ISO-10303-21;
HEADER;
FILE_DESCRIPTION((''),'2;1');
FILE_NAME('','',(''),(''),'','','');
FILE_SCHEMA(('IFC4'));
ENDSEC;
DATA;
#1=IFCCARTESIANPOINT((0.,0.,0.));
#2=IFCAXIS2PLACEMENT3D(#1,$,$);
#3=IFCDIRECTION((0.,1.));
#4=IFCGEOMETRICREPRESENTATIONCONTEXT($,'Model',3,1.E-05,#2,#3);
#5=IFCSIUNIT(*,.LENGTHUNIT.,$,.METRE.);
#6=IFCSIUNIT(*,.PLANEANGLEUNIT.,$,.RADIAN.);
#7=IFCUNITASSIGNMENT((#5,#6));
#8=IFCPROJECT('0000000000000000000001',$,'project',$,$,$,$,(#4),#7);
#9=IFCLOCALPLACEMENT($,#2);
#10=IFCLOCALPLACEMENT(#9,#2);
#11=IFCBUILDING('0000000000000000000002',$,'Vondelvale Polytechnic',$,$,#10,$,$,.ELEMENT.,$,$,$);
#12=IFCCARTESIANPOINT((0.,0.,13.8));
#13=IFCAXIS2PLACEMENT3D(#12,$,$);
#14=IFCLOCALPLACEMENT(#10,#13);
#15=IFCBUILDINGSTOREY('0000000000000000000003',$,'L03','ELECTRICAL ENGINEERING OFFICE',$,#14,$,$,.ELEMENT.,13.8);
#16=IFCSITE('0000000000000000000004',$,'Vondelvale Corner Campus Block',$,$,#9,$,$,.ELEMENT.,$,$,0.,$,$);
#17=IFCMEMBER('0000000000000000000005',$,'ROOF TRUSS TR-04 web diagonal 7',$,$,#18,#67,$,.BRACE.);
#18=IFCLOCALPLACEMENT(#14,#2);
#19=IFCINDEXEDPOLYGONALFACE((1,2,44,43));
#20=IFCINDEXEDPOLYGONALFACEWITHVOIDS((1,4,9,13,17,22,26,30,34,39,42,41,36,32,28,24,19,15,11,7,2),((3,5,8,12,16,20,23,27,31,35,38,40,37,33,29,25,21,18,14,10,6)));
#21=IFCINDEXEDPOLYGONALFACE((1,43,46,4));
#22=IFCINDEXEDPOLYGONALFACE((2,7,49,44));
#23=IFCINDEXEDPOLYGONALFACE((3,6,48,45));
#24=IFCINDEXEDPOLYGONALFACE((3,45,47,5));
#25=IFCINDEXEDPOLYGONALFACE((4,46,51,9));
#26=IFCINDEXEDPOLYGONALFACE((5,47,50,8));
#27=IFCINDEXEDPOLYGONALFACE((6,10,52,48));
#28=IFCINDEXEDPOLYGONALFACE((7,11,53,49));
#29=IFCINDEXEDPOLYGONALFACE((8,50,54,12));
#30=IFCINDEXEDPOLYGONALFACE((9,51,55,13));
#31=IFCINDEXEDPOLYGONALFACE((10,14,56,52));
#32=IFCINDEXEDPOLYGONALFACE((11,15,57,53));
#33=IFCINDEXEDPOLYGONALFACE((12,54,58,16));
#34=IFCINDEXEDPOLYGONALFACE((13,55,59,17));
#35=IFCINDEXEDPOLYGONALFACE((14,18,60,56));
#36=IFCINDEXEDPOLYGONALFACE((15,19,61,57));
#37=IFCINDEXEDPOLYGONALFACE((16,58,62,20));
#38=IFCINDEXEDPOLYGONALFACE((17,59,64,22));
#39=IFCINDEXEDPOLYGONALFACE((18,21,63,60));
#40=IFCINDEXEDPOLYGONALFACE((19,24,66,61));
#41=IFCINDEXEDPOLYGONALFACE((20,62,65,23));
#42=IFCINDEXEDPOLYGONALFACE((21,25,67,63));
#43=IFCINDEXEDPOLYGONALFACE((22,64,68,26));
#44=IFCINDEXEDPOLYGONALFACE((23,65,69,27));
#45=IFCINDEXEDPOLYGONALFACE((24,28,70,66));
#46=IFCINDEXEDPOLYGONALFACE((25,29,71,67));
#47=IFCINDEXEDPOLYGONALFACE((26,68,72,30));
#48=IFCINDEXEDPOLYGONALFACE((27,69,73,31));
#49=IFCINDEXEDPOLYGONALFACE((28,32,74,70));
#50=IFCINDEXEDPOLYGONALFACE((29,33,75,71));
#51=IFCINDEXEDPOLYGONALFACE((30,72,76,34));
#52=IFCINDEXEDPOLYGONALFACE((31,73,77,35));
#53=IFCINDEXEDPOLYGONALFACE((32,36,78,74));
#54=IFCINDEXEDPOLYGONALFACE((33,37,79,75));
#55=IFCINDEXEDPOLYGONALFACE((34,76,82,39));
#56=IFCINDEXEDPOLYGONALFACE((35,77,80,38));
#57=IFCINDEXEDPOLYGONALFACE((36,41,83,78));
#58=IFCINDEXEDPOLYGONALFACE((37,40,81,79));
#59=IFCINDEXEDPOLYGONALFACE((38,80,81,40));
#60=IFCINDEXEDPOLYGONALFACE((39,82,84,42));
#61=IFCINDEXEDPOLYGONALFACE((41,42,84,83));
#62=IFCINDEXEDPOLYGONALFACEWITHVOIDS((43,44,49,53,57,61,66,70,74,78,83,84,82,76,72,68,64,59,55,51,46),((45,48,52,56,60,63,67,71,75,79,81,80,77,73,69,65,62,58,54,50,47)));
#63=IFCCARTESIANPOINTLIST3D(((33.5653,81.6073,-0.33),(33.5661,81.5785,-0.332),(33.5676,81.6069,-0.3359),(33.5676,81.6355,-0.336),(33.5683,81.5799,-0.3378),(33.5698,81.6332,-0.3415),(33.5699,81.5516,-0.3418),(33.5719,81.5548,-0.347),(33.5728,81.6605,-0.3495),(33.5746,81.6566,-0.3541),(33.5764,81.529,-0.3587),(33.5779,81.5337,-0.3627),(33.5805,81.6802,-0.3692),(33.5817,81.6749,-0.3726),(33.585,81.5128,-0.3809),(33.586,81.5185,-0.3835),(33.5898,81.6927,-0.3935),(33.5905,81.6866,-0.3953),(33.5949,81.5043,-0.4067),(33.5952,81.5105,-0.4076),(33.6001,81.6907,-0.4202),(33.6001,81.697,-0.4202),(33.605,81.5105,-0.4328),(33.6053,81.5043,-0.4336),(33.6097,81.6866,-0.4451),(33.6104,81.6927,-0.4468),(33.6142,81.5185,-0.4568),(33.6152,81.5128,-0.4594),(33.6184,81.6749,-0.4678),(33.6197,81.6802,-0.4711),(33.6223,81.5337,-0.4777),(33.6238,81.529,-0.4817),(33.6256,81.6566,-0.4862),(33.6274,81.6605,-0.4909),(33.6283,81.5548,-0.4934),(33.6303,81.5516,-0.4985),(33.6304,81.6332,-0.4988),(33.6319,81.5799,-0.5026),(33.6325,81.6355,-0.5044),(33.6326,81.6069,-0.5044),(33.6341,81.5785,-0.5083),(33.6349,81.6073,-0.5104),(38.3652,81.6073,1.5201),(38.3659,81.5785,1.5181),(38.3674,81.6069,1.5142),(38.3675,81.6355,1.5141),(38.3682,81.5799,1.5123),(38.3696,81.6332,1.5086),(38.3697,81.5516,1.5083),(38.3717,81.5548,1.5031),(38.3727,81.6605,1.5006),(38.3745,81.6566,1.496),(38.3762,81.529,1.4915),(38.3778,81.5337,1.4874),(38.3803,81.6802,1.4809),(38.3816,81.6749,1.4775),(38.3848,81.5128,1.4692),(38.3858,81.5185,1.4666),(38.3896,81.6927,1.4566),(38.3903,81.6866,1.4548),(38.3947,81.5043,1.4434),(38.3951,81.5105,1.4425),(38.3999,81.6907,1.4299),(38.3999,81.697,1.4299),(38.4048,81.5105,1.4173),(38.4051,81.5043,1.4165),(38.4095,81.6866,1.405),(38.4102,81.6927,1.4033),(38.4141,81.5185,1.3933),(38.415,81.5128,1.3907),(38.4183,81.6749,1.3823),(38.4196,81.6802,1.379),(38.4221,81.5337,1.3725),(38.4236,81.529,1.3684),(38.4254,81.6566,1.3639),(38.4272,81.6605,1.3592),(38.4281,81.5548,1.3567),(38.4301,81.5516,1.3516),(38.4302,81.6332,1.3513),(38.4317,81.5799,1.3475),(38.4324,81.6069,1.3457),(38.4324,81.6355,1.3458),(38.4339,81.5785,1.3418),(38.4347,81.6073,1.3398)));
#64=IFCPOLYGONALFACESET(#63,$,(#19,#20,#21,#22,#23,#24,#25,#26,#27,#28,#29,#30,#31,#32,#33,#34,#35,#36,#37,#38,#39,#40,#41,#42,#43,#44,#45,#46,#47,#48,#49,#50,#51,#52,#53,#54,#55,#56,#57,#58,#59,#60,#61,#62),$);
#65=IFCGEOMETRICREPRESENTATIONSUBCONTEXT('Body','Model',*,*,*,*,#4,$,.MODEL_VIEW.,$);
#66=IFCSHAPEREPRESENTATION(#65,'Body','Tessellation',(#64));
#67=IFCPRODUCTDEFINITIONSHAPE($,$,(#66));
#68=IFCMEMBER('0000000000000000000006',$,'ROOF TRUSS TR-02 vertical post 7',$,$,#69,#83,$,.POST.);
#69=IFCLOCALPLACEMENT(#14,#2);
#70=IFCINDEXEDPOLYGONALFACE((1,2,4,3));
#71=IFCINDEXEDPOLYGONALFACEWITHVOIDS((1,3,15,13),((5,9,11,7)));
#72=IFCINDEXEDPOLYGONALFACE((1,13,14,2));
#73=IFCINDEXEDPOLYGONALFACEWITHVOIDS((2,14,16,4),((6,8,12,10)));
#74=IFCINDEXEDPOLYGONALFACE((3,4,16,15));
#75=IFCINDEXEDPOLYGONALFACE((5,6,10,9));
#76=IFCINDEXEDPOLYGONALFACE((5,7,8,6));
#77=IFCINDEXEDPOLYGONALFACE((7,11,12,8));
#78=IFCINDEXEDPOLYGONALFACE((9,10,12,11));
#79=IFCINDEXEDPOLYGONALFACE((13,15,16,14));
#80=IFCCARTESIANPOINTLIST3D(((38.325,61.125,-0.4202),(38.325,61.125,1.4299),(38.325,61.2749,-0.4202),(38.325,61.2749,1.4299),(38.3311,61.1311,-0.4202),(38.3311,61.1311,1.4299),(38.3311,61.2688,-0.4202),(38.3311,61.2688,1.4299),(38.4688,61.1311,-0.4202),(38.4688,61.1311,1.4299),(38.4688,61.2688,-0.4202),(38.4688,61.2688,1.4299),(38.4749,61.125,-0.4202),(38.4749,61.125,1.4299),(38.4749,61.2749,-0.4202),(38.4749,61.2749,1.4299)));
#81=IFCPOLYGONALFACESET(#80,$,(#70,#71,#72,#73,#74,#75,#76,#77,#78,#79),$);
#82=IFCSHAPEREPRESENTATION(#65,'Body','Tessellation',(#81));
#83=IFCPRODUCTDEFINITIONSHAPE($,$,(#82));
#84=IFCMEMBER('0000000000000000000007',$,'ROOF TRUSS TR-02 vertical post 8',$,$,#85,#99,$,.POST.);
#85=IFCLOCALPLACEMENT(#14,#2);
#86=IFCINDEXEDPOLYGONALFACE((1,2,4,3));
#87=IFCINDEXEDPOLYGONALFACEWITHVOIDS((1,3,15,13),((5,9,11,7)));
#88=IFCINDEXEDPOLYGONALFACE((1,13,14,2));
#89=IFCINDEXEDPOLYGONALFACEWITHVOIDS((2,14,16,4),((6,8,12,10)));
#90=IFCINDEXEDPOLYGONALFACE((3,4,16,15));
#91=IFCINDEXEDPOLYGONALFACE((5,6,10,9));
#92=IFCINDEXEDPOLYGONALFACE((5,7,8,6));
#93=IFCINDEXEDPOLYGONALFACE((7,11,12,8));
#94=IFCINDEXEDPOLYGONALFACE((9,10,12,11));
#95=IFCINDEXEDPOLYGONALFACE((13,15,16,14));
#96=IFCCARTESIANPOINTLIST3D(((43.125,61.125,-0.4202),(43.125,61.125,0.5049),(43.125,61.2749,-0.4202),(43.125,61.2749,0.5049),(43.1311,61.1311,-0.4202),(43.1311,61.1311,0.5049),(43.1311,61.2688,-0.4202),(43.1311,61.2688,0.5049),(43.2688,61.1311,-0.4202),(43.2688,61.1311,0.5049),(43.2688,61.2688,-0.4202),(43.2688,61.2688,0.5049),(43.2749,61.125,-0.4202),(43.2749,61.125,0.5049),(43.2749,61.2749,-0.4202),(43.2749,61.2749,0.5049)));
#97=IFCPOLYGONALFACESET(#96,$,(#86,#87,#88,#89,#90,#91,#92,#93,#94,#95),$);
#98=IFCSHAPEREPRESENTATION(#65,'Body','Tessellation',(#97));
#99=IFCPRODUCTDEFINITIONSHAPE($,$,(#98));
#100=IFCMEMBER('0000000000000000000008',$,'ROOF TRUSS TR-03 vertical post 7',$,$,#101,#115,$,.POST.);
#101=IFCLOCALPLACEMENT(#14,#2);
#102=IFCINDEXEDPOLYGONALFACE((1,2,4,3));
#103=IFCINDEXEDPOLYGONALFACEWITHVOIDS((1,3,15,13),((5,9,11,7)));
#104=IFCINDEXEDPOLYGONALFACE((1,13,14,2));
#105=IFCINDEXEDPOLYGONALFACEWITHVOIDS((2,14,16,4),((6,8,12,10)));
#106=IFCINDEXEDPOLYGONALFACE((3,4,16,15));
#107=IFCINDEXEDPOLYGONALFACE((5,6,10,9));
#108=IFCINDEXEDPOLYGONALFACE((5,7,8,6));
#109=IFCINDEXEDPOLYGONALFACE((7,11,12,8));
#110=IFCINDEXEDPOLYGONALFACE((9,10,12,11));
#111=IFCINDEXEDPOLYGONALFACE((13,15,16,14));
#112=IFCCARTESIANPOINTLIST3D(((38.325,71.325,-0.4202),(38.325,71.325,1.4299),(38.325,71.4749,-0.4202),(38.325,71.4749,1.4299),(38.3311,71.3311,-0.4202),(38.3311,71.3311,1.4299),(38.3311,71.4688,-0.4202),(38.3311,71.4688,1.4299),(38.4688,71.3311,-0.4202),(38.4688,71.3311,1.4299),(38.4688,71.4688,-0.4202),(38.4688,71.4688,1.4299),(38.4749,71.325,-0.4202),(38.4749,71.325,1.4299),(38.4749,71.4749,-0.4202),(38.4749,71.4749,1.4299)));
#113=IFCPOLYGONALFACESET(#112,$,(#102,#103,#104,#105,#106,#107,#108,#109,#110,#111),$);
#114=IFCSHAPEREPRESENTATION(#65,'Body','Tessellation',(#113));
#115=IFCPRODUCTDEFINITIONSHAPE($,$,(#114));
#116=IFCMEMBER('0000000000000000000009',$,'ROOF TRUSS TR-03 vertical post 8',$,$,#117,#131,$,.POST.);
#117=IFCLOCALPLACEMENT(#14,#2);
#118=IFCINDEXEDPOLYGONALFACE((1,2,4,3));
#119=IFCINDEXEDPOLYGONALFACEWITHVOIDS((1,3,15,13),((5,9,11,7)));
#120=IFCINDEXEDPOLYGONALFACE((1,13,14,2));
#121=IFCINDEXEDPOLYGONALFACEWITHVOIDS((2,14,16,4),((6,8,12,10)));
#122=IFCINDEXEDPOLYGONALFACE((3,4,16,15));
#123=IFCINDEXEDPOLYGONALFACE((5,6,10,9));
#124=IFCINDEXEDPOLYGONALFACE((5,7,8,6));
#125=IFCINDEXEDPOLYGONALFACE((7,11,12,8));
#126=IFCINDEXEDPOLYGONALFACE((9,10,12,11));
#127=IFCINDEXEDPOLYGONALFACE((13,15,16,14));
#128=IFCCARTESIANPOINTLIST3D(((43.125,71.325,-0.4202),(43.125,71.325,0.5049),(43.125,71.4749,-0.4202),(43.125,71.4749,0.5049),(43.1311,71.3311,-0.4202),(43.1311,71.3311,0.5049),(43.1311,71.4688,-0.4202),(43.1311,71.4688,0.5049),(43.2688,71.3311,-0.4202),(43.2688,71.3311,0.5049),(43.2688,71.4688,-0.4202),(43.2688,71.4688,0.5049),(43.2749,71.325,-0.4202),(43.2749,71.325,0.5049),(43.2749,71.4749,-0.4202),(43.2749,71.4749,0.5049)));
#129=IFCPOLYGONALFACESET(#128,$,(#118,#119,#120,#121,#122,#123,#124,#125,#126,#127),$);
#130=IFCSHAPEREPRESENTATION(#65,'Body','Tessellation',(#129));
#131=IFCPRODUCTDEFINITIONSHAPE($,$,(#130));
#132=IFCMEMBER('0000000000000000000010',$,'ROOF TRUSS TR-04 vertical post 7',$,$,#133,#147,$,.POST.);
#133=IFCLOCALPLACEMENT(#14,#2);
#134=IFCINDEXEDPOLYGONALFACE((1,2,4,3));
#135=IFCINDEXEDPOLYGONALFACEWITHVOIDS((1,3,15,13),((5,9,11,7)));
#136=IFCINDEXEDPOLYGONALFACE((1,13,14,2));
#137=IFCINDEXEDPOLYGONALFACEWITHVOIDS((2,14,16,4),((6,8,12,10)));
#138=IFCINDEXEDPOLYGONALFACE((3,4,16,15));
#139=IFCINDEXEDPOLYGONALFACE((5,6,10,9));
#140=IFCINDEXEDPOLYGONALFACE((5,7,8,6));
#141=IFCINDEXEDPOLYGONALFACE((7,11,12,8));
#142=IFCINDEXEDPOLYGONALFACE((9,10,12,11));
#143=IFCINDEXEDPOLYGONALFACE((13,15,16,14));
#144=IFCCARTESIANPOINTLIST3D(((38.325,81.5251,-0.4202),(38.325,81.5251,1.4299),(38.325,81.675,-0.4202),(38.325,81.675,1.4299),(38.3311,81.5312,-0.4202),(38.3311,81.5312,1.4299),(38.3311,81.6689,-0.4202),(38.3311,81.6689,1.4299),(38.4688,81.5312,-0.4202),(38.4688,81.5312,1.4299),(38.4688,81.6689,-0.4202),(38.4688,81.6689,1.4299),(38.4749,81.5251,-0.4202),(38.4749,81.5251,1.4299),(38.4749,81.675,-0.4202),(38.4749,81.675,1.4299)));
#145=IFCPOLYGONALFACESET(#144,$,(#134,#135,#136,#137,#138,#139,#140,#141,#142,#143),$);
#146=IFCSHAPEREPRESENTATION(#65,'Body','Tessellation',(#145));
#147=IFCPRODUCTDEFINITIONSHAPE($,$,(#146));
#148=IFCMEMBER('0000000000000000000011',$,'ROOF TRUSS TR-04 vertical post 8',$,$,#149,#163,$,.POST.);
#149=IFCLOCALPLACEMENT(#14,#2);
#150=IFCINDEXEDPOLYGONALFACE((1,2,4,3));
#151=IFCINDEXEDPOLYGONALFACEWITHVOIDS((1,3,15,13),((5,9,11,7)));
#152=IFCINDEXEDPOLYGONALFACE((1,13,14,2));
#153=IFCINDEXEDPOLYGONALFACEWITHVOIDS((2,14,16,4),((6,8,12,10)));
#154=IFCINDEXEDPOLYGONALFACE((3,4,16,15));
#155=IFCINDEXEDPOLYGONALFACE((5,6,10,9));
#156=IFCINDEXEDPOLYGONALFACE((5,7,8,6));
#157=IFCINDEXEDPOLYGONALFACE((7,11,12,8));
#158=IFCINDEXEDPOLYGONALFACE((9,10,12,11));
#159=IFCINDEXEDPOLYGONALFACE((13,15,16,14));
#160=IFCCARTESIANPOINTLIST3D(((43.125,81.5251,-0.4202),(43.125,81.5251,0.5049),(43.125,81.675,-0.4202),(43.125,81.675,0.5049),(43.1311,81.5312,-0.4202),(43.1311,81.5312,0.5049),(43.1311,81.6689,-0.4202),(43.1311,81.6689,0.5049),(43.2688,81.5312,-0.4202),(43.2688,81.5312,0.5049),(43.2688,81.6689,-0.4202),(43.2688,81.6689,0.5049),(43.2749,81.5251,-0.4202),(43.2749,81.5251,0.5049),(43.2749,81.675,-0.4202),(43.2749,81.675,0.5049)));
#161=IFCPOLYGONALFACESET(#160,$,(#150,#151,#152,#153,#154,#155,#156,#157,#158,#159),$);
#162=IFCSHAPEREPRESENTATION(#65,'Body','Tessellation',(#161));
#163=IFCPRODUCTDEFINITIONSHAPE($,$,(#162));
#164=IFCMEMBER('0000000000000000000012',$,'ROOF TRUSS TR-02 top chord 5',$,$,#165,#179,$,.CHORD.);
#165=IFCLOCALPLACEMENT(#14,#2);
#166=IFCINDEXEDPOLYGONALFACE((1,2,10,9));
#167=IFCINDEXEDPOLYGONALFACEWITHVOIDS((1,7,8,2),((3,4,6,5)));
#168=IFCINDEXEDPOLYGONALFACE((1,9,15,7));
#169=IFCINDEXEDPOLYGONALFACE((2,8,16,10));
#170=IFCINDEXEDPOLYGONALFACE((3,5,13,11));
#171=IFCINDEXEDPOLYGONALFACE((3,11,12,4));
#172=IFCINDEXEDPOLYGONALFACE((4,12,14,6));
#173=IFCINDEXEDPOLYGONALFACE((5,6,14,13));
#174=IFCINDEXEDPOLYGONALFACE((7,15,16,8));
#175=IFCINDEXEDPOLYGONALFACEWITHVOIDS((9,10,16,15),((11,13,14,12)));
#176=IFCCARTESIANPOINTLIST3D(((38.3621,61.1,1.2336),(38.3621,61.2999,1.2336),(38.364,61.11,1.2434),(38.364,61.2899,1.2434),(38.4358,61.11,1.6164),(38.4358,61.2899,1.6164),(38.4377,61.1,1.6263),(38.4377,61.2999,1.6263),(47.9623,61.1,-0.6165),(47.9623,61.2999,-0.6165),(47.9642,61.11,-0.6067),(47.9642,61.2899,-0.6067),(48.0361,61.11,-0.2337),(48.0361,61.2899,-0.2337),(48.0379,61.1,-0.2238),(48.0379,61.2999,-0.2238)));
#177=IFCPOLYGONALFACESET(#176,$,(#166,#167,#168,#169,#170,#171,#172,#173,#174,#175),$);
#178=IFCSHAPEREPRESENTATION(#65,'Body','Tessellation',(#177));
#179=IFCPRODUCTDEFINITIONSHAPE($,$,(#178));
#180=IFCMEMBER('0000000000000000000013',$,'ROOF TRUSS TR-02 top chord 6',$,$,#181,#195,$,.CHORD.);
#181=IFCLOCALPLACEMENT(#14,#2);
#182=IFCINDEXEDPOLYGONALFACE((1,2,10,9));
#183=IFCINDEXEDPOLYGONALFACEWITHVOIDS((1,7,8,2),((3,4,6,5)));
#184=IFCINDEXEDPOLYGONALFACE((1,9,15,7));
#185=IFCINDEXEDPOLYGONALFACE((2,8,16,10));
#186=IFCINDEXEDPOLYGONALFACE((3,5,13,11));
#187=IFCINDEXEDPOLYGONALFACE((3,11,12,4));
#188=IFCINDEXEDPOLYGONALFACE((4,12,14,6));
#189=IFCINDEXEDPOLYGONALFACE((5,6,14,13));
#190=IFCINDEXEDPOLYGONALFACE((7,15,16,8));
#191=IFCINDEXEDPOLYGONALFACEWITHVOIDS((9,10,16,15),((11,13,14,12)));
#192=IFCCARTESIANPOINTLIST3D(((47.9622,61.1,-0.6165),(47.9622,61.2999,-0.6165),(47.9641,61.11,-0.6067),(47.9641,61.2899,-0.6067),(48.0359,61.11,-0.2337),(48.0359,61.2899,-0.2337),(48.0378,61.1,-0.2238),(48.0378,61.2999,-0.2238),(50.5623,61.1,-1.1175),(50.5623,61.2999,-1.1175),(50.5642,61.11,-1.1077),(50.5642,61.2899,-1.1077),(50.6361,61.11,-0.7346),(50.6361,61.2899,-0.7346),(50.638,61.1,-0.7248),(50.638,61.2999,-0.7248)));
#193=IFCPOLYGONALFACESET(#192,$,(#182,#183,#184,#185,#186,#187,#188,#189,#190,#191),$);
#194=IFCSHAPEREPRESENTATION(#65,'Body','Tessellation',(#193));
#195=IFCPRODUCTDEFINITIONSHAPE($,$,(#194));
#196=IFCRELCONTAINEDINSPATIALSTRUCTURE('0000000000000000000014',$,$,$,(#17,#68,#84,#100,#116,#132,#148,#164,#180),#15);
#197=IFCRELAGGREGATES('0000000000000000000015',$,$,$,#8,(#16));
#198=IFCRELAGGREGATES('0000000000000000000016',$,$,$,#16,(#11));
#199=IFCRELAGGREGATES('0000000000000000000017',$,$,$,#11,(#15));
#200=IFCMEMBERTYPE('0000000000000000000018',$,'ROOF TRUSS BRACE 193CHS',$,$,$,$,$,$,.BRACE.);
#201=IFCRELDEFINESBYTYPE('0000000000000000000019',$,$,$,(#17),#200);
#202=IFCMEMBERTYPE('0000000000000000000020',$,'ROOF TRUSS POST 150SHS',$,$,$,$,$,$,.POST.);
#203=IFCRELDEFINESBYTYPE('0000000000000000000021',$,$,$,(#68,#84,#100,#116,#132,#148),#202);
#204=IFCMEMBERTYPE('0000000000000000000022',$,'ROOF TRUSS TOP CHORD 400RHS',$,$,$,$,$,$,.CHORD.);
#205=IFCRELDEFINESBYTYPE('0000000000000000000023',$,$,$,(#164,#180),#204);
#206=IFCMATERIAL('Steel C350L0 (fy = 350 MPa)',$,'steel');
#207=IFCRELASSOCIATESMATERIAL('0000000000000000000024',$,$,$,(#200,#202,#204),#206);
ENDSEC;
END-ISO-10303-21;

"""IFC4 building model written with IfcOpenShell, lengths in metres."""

from ifc_helpers import new_model, si_unit, direction, frame, origin, origin_2d, place, context, subcontext, project, spatial, hollow_rectangle, hollow_circle, extrude, material, material_profile, profile_set, type_object, element, save


model = new_model("IFC4")

# Units and contexts
model_context = context("Model", 3, precision=1e-05, world=origin(), true_north=direction((0.0, 1.0)))
body_context = subcontext(model_context, "Body", "Model", "MODEL_VIEW")
ifc_project = project(units=[si_unit("LENGTHUNIT", "METRE"), si_unit("PLANEANGLEUNIT", "RADIAN")], contexts=[model_context])

# Site, building, storey
site_placement = place(None, origin())
site = spatial("IfcSite", under=ifc_project, at=site_placement, Name="Vondelvale Corner Campus Block", CompositionType="ELEMENT", RefElevation=0.0)
building_placement = place(site_placement, origin())
building = spatial("IfcBuilding", under=site, at=building_placement, Name="Vondelvale Polytechnic", CompositionType="ELEMENT")
storey_placement = place(building_placement, frame((0.0, 0.0, 13.8)))
storey = spatial("IfcBuildingStorey", under=building, at=storey_placement, Name="L03", Description="ELECTRICAL ENGINEERING OFFICE", CompositionType="ELEMENT", Elevation=13.8)

# Members
ifc_material_1 = material(Name="Steel C350L0 (fy = 350 MPa)", Category="steel")
ifc_material_profile_1 = material_profile(ifc_material_1, hollow_circle(Radius=0.0969, WallThickness=0.0063, at=origin_2d()), Name="193.7x6.4CHS")
ifc_profile_set_1 = profile_set([ifc_material_profile_1], Name="Steel C350L0 (fy = 350 MPa)")
member_type_1 = type_object("IfcMemberType", Name="ROOF TRUSS BRACE 193CHS", PredefinedType="BRACE", material=ifc_profile_set_1)
member_1_placement = place(storey_placement, frame((33.6001, 81.6001, -0.4202), z_axis=(0.933084, 0.0, 0.35966), x_axis=(0.0, 1.0, 0.0)))
element("IfcMember", 1, at=member_1_placement, inside=storey, type_object=member_type_1, Name="ROOF TRUSS TR-04 web diagonal 7", PredefinedType="BRACE", context=body_context, shape_type="SweptSolid", body=[
    extrude(hollow_circle(Radius=0.0969, WallThickness=0.0063, at=origin_2d()), origin(), (0.0, 0.0, 1.0), 5.144),
])
ifc_material_profile_2 = material_profile(ifc_material_1, hollow_rectangle(XDim=0.1499, YDim=0.1499, WallThickness=0.0061, at=origin_2d()), Name="150x150x6.0SHS")
ifc_profile_set_2 = profile_set([ifc_material_profile_2], Name="Steel C350L0 (fy = 350 MPa)")
member_type_2 = type_object("IfcMemberType", Name="ROOF TRUSS POST 150SHS", PredefinedType="POST", material=ifc_profile_set_2)
member_2_placement = place(storey_placement, frame((38.3999, 61.2, -0.4202), z_axis=(0.0, 0.0, 1.0), x_axis=(1.0, 0.0, 0.0)))
element("IfcMember", 2, at=member_2_placement, inside=storey, type_object=member_type_2, Name="ROOF TRUSS TR-02 vertical post 7", PredefinedType="POST", context=body_context, shape_type="SweptSolid", body=[
    extrude(hollow_rectangle(XDim=0.1499, YDim=0.1499, WallThickness=0.0061, at=origin_2d()), origin(), (0.0, 0.0, 1.0), 1.8501),
])
member_3_placement = place(storey_placement, frame((43.2, 61.2, -0.4202), z_axis=(0.0, 0.0, 1.0), x_axis=(1.0, 0.0, 0.0)))
element("IfcMember", 3, at=member_3_placement, inside=storey, type_object=member_type_2, Name="ROOF TRUSS TR-02 vertical post 8", PredefinedType="POST", context=body_context, shape_type="SweptSolid", body=[
    extrude(hollow_rectangle(XDim=0.1499, YDim=0.1499, WallThickness=0.0061, at=origin_2d()), origin(), (0.0, 0.0, 1.0), 0.925),
])
member_4_placement = place(storey_placement, frame((38.3999, 71.3999, -0.4202), z_axis=(0.0, 0.0, 1.0), x_axis=(1.0, 0.0, 0.0)))
element("IfcMember", 4, at=member_4_placement, inside=storey, type_object=member_type_2, Name="ROOF TRUSS TR-03 vertical post 7", PredefinedType="POST", context=body_context, shape_type="SweptSolid", body=[
    extrude(hollow_rectangle(XDim=0.1499, YDim=0.1499, WallThickness=0.0061, at=origin_2d()), origin(), (0.0, 0.0, 1.0), 1.8501),
])
member_5_placement = place(storey_placement, frame((43.2, 71.3999, -0.4202), z_axis=(0.0, 0.0, 1.0), x_axis=(1.0, 0.0, 0.0)))
element("IfcMember", 5, at=member_5_placement, inside=storey, type_object=member_type_2, Name="ROOF TRUSS TR-03 vertical post 8", PredefinedType="POST", context=body_context, shape_type="SweptSolid", body=[
    extrude(hollow_rectangle(XDim=0.1499, YDim=0.1499, WallThickness=0.0061, at=origin_2d()), origin(), (0.0, 0.0, 1.0), 0.925),
])
member_6_placement = place(storey_placement, frame((38.3999, 81.6001, -0.4202), z_axis=(0.0, 0.0, 1.0), x_axis=(1.0, 0.0, 0.0)))
element("IfcMember", 6, at=member_6_placement, inside=storey, type_object=member_type_2, Name="ROOF TRUSS TR-04 vertical post 7", PredefinedType="POST", context=body_context, shape_type="SweptSolid", body=[
    extrude(hollow_rectangle(XDim=0.1499, YDim=0.1499, WallThickness=0.0061, at=origin_2d()), origin(), (0.0, 0.0, 1.0), 1.8501),
])
member_7_placement = place(storey_placement, frame((43.2, 81.6001, -0.4202), z_axis=(0.0, 0.0, 1.0), x_axis=(1.0, 0.0, 0.0)))
element("IfcMember", 7, at=member_7_placement, inside=storey, type_object=member_type_2, Name="ROOF TRUSS TR-04 vertical post 8", PredefinedType="POST", context=body_context, shape_type="SweptSolid", body=[
    extrude(hollow_rectangle(XDim=0.1499, YDim=0.1499, WallThickness=0.0061, at=origin_2d()), origin(), (0.0, 0.0, 1.0), 0.925),
])
ifc_material_profile_3 = material_profile(ifc_material_1, hollow_rectangle(XDim=0.2, YDim=0.3999, WallThickness=0.01, at=origin_2d()), Name="400x200x10.0RHS")
ifc_profile_set_3 = profile_set([ifc_material_profile_3], Name="Steel C350L0 (fy = 350 MPa)")
member_type_3 = type_object("IfcMemberType", Name="ROOF TRUSS TOP CHORD 400RHS", PredefinedType="CHORD", material=ifc_profile_set_3)
member_8_placement = place(storey_placement, frame((38.3999, 61.2, 1.4299), z_axis=(0.981932, 0.0, -0.189235), x_axis=(0.0, 1.0, 0.0)))
element("IfcMember", 8, at=member_8_placement, inside=storey, type_object=member_type_3, Name="ROOF TRUSS TR-02 top chord 5", PredefinedType="CHORD", context=body_context, shape_type="SweptSolid", body=[
    extrude(hollow_rectangle(XDim=0.2, YDim=0.3999, WallThickness=0.01, at=origin_2d()), origin(), (0.0, 0.0, 1.0), 9.7769),
])
member_9_placement = place(storey_placement, frame((48.0, 61.2, -0.4202), z_axis=(0.981939, 0.0, -0.189196), x_axis=(0.0, 1.0, 0.0)))
element("IfcMember", 9, at=member_9_placement, inside=storey, type_object=member_type_3, Name="ROOF TRUSS TR-02 top chord 6", PredefinedType="CHORD", context=body_context, shape_type="SweptSolid", body=[
    extrude(hollow_rectangle(XDim=0.2, YDim=0.3999, WallThickness=0.01, at=origin_2d()), origin(), (0.0, 0.0, 1.0), 2.6479),
])

save(model, "model.ifc")
